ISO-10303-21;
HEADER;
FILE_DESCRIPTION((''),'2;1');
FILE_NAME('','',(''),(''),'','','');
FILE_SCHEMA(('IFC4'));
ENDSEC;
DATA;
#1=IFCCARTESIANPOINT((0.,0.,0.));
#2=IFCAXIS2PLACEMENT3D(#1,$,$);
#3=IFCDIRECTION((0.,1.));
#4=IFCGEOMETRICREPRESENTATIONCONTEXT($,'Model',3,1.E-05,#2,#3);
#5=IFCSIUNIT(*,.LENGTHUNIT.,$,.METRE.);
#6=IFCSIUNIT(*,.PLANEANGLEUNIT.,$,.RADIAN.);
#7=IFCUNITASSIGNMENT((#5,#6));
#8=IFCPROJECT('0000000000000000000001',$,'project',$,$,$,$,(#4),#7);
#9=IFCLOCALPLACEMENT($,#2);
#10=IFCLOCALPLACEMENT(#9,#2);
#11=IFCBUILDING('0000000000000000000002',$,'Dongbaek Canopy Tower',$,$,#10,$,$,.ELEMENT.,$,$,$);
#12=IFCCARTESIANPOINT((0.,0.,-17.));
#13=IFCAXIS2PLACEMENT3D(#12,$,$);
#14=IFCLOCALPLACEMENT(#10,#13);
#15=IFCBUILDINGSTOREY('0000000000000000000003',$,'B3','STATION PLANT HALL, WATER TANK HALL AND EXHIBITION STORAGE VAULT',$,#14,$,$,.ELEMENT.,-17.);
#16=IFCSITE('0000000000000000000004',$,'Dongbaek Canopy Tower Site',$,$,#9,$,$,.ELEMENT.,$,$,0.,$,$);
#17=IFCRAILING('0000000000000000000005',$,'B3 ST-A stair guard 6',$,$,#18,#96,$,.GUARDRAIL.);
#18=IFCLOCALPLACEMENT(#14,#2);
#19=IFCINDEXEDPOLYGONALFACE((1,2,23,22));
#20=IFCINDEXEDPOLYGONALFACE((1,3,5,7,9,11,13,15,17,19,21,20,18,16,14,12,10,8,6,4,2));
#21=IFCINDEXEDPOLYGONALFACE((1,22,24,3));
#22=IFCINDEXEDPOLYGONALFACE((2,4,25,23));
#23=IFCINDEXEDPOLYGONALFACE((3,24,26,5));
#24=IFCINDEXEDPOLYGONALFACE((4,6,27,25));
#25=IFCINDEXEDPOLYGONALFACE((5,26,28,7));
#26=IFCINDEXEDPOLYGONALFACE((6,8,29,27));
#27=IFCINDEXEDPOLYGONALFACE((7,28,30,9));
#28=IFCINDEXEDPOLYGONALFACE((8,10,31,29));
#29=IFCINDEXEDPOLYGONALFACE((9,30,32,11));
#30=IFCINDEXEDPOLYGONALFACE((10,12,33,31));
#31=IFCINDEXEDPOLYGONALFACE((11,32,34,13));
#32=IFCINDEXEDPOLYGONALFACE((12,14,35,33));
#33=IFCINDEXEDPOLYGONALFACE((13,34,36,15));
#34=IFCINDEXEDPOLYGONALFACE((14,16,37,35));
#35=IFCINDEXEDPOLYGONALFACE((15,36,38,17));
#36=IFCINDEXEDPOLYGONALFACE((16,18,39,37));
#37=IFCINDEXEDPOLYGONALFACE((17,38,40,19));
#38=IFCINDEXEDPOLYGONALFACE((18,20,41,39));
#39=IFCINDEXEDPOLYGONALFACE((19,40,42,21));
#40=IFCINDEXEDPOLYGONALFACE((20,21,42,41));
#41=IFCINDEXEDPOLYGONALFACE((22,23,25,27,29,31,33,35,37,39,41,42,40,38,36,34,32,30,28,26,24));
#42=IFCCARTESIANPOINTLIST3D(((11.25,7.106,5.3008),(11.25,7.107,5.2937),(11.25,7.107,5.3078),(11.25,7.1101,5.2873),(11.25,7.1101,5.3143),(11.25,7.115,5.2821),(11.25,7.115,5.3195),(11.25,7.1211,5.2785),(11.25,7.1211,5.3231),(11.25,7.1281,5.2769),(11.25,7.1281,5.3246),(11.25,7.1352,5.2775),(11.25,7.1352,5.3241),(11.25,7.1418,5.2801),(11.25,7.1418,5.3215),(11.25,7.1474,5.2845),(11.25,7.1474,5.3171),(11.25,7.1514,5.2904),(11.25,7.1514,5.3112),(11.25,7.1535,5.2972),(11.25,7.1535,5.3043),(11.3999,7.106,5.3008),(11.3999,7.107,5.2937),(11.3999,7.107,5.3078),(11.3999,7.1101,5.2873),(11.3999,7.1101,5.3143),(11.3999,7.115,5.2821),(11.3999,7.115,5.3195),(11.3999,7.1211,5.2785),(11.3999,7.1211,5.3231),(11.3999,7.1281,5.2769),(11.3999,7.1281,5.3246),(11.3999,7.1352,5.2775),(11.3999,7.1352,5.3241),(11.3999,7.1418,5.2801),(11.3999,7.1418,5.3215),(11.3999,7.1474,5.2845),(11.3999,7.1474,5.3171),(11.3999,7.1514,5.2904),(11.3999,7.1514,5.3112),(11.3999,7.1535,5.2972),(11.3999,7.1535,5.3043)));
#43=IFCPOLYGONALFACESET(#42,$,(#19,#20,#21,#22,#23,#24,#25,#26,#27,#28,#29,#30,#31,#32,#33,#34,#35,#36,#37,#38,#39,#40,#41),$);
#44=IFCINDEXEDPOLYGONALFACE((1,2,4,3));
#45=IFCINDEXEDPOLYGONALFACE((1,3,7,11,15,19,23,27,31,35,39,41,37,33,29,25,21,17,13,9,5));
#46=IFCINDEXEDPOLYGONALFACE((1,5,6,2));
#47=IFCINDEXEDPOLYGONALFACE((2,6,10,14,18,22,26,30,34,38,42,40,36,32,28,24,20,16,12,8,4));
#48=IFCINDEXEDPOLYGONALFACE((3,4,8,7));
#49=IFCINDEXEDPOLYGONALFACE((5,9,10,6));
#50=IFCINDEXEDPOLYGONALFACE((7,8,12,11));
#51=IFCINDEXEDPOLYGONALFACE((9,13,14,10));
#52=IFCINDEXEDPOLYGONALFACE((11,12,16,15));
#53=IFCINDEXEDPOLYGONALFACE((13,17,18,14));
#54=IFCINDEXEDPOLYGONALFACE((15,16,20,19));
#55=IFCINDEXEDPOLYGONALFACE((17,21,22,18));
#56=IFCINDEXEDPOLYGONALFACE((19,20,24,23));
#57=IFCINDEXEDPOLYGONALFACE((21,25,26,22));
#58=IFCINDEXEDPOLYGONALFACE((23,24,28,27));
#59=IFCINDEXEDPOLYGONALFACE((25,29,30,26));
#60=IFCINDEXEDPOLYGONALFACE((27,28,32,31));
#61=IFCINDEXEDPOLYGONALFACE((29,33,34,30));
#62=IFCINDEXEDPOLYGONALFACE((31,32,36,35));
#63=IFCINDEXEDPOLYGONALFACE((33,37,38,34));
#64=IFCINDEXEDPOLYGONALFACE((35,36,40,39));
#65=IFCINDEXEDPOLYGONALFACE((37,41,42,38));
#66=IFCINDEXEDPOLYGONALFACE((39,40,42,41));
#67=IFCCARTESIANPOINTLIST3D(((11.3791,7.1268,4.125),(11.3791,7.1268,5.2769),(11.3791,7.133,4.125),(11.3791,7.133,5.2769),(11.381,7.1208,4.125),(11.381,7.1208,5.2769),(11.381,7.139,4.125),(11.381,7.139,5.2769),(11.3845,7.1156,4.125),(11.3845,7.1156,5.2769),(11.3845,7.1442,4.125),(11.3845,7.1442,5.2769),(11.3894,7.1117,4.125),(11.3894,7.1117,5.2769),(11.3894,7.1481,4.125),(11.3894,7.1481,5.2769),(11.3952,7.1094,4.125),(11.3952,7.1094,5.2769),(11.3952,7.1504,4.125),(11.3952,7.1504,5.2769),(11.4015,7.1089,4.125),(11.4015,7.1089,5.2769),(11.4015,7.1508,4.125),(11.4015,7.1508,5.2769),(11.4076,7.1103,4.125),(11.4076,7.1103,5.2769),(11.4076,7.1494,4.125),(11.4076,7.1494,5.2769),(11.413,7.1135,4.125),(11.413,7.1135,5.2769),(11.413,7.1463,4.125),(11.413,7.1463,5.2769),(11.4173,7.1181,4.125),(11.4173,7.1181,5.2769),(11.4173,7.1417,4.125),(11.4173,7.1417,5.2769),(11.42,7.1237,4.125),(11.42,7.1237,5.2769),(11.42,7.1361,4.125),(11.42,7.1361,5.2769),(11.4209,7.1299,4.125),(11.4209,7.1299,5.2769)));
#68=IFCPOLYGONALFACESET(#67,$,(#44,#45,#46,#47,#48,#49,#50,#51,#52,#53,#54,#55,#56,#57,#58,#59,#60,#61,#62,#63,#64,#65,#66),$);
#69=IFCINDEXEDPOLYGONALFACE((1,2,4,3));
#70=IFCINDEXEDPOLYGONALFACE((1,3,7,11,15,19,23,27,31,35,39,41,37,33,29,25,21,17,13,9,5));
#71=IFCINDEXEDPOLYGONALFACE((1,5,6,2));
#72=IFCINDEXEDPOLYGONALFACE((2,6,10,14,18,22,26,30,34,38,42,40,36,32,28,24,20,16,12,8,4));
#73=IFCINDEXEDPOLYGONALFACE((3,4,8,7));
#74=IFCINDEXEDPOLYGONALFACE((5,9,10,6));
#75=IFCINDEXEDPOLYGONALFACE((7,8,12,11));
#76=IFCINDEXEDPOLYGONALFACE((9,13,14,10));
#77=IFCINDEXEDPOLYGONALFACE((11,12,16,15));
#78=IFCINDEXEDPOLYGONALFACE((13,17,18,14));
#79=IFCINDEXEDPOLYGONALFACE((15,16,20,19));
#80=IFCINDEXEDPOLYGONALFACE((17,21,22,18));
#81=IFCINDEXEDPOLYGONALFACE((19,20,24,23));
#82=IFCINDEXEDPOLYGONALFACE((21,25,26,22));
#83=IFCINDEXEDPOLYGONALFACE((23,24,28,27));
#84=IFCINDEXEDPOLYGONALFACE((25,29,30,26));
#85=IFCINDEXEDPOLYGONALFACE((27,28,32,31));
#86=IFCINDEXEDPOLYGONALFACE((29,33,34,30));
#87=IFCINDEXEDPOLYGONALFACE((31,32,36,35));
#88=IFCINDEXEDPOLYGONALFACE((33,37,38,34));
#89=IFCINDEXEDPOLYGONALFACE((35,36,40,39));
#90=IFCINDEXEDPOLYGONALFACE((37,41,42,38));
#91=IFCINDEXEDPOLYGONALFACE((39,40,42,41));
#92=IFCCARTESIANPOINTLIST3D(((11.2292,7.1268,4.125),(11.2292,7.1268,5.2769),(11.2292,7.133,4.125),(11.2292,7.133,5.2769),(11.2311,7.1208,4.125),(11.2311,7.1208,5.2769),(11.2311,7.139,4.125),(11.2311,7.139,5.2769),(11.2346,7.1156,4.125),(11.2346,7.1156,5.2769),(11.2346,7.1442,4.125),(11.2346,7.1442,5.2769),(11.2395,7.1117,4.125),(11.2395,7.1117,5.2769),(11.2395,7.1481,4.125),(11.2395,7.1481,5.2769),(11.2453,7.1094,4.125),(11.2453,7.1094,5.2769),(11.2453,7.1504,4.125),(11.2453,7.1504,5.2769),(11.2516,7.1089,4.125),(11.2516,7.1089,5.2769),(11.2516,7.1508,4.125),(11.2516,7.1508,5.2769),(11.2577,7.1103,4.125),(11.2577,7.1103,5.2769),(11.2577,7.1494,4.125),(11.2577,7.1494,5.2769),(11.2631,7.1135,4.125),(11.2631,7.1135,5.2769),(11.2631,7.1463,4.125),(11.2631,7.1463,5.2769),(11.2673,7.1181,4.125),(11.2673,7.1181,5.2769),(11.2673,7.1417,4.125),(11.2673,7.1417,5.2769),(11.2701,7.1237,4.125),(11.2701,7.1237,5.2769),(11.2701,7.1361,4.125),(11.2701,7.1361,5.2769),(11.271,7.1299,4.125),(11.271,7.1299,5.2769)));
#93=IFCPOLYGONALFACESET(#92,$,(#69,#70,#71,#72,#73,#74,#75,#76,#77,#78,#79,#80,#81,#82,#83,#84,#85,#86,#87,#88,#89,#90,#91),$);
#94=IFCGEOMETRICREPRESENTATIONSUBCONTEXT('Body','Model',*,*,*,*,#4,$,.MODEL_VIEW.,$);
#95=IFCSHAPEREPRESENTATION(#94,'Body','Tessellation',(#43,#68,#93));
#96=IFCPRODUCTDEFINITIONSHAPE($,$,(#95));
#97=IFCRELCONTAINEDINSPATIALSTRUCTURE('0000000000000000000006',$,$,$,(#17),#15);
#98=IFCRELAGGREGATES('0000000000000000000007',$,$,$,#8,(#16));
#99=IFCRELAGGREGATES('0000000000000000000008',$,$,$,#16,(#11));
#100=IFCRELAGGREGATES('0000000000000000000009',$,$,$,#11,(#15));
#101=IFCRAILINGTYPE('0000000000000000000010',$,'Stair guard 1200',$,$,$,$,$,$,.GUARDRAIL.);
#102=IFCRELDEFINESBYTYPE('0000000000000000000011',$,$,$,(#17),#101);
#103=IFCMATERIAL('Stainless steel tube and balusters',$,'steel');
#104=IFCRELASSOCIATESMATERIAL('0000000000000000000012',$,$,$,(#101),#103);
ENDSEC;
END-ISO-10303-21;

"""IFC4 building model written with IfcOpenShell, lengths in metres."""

from ifc_helpers import new_model, si_unit, direction, frame, origin, origin_2d, place, context, subcontext, project, spatial, circle, extrude, material, type_object, element, save


model = new_model("IFC4")

# Units and contexts
model_context = context("Model", 3, precision=1e-05, world=origin(), true_north=direction((0.0, 1.0)))
body_context = subcontext(model_context, "Body", "Model", "MODEL_VIEW")
ifc_project = project(units=[si_unit("LENGTHUNIT", "METRE"), si_unit("PLANEANGLEUNIT", "RADIAN")], contexts=[model_context])

# Site, building, storey
site_placement = place(None, origin())
site = spatial("IfcSite", under=ifc_project, at=site_placement, Name="Dongbaek Canopy Tower Site", CompositionType="ELEMENT", RefElevation=0.0)
building_placement = place(site_placement, origin())
building = spatial("IfcBuilding", under=site, at=building_placement, Name="Dongbaek Canopy Tower", CompositionType="ELEMENT")
storey_placement = place(building_placement, frame((0.0, 0.0, -17.0)))
storey = spatial("IfcBuildingStorey", under=building, at=storey_placement, Name="B3", Description="STATION PLANT HALL, WATER TANK HALL AND EXHIBITION STORAGE VAULT", CompositionType="ELEMENT", Elevation=-17.0)

# Railing
ifc_material_1 = material(Name="Stainless steel tube and balusters", Category="steel")
railing_type_1 = type_object("IfcRailingType", Name="Stair guard 1200", PredefinedType="GUARDRAIL", material=ifc_material_1)
railing_1_placement = place(storey_placement, frame((11.3999, 7.1299, 4.125)))
element("IfcRailing", 1, at=railing_1_placement, inside=storey, type_object=railing_type_1, Name="B3 ST-A stair guard 6", PredefinedType="GUARDRAIL", context=body_context, shape_type="SweptSolid", body=[
    extrude(circle(Radius=0.0239, at=origin_2d()), frame((0.0, 0.0, 1.1758), z_axis=(-1.0, 0.0, 0.0), x_axis=(0.0, -1.0, 0.0)), (0.0, 0.0, 1.0), 0.1499),
    extrude(circle(Radius=0.021, at=origin_2d()), origin(), (0.0, 0.0, 1.0), 1.1519),
    extrude(circle(Radius=0.021, at=origin_2d()), frame((-0.1499, 0.0, 0.0)), (0.0, 0.0, 1.0), 1.1519),
])

save(model, "model.ifc")
